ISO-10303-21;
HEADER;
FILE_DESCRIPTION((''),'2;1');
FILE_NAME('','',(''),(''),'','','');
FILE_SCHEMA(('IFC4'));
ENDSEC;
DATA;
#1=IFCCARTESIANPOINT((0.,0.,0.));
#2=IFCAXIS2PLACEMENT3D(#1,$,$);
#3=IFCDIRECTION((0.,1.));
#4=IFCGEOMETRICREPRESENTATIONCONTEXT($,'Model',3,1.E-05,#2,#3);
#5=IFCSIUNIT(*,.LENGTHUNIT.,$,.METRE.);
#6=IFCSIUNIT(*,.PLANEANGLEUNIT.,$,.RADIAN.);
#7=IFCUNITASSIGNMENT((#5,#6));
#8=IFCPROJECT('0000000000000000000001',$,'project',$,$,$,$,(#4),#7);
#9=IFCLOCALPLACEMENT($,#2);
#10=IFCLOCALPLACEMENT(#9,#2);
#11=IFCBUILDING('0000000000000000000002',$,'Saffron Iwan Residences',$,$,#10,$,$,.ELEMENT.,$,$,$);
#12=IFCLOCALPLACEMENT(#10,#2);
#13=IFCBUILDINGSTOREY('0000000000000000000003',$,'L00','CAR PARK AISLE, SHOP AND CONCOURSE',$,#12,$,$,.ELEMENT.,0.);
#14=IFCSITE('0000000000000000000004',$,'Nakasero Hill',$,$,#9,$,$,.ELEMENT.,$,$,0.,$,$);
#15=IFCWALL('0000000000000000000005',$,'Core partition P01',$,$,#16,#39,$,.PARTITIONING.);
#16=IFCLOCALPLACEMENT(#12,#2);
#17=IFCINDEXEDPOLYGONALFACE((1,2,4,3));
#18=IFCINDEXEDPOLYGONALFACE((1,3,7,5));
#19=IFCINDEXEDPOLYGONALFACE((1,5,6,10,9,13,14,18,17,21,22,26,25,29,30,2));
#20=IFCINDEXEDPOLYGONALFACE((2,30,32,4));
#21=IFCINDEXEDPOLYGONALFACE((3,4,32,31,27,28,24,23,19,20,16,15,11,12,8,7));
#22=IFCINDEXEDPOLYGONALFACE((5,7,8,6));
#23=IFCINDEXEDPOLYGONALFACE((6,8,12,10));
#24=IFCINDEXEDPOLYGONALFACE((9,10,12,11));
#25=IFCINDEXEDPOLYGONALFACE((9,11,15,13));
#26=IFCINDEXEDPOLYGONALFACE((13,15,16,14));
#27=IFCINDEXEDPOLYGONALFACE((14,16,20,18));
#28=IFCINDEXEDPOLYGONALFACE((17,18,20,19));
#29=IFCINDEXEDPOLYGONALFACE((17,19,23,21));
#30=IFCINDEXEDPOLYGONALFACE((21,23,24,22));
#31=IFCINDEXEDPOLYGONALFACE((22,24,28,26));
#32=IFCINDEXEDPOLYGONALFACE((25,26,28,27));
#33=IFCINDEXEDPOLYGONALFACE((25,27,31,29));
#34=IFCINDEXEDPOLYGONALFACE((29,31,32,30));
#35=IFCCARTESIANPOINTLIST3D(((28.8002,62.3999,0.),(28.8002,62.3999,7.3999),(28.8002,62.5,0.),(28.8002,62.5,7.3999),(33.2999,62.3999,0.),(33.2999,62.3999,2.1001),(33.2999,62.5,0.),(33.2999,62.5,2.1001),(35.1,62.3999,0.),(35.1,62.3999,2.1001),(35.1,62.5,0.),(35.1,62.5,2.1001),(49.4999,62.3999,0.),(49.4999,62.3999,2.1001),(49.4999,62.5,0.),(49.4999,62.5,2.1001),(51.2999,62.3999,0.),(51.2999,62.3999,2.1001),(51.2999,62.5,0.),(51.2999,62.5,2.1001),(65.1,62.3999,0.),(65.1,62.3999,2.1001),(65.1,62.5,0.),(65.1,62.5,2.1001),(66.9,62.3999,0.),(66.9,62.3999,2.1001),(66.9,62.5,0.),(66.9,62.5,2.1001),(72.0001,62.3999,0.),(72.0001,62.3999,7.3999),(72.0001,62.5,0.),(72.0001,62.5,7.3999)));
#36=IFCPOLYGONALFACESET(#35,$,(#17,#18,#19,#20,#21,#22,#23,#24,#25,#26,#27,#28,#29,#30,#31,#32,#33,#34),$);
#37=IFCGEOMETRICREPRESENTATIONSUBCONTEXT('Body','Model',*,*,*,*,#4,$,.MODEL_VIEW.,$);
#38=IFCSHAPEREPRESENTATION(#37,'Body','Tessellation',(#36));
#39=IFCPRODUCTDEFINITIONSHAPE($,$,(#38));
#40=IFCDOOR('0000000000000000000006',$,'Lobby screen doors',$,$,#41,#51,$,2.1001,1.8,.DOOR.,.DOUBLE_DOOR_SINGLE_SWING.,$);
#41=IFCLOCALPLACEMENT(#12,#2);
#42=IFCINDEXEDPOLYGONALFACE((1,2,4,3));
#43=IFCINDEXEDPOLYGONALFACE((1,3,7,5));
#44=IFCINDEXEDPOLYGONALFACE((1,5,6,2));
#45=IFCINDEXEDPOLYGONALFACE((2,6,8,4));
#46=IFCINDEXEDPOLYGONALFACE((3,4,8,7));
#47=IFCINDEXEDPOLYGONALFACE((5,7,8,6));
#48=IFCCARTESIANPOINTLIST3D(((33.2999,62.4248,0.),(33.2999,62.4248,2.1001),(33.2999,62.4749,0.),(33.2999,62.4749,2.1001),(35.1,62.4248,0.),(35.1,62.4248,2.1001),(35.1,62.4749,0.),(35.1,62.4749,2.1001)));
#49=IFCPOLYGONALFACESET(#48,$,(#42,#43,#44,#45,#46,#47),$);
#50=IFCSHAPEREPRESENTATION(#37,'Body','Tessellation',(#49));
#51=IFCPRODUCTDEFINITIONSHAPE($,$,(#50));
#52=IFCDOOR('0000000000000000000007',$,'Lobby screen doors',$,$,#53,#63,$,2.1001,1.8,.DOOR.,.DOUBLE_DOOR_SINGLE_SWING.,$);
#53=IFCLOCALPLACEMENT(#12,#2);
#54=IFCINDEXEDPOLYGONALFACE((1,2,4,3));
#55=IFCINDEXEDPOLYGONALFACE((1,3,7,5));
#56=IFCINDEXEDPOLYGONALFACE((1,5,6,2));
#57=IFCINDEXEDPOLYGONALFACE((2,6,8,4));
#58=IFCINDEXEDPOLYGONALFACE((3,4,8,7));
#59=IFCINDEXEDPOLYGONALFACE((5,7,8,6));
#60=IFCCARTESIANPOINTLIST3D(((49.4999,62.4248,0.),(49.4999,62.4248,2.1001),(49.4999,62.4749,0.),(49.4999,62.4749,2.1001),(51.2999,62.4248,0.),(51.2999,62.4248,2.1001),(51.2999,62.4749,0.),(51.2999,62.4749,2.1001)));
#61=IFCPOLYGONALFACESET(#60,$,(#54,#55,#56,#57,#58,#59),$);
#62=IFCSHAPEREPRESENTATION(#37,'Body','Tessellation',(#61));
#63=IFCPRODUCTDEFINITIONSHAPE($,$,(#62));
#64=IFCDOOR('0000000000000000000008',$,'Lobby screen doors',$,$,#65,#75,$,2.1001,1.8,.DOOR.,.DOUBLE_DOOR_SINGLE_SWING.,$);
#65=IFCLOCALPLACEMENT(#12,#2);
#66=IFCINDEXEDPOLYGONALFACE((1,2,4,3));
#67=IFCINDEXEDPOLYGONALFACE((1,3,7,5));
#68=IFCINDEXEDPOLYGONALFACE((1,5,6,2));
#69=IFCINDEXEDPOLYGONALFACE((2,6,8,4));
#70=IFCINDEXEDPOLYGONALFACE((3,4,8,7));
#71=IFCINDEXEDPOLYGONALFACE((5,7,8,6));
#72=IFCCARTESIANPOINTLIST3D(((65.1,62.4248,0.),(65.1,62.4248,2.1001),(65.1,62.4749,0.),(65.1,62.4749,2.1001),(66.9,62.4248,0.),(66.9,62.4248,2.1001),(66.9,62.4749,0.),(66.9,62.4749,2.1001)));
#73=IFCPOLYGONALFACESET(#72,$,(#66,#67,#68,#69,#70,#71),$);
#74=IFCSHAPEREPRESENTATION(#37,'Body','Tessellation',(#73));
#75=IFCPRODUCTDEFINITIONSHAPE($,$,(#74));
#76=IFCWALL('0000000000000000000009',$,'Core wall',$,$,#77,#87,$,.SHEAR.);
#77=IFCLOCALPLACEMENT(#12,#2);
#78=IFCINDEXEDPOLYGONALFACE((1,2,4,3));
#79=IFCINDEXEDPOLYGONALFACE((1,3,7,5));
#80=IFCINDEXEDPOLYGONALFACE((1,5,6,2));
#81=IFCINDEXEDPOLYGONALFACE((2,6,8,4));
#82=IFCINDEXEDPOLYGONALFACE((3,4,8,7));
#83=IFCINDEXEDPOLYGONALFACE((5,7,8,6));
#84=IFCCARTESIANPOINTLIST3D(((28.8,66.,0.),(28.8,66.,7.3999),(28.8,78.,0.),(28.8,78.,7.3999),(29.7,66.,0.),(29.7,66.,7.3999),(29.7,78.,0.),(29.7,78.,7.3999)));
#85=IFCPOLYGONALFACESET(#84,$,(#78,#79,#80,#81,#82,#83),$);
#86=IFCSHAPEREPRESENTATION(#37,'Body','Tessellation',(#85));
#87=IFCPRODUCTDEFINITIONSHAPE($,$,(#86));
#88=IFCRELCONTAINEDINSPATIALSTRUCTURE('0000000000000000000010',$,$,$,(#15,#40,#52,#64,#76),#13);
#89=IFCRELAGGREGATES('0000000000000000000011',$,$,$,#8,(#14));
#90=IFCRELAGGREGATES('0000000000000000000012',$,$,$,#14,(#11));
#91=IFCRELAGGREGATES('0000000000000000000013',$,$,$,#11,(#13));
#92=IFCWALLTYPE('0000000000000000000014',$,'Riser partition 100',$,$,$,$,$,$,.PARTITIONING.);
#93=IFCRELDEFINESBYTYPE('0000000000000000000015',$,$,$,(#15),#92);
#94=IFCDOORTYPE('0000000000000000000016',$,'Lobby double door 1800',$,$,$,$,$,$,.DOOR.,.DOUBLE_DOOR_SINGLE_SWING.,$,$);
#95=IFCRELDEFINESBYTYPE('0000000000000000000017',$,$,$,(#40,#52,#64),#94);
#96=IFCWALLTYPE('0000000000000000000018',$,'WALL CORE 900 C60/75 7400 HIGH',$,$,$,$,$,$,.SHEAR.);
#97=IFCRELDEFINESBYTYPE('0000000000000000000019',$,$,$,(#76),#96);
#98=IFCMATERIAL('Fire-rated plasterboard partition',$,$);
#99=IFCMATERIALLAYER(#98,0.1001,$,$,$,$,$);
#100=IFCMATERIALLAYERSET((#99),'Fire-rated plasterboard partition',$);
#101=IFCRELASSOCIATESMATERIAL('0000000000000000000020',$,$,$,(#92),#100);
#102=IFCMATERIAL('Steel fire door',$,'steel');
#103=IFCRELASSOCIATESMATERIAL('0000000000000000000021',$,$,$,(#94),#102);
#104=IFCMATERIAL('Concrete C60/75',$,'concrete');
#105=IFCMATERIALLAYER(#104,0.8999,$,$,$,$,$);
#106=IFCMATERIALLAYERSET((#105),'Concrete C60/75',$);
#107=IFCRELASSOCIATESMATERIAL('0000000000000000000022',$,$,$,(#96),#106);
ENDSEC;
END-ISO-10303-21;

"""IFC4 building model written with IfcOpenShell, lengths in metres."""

from ifc_helpers import new_model, si_unit, direction, frame, frame_2d, origin, place, context, subcontext, project, spatial, rectangle, extrude, material, layer, layer_set, type_object, element, fill, save


model = new_model("IFC4")

# Units and contexts
model_context = context("Model", 3, precision=1e-05, world=origin(), true_north=direction((0.0, 1.0)))
body_context = subcontext(model_context, "Body", "Model", "MODEL_VIEW")
ifc_project = project(units=[si_unit("LENGTHUNIT", "METRE"), si_unit("PLANEANGLEUNIT", "RADIAN")], contexts=[model_context])

# Site, building, storey
site_placement = place(None, origin())
site = spatial("IfcSite", under=ifc_project, at=site_placement, Name="Nakasero Hill", CompositionType="ELEMENT", RefElevation=0.0)
building_placement = place(site_placement, origin())
building = spatial("IfcBuilding", under=site, at=building_placement, Name="Saffron Iwan Residences", CompositionType="ELEMENT")
storey_placement = place(building_placement, origin())
storey = spatial("IfcBuildingStorey", under=building, at=storey_placement, Name="L00", Description="CAR PARK AISLE, SHOP AND CONCOURSE", CompositionType="ELEMENT", Elevation=0.0)

# Wall, openings, doors
ifc_material_1 = material(Name="Fire-rated plasterboard partition")
ifc_layer_1 = layer(ifc_material_1, 0.1001)
ifc_layer_set_1 = layer_set([ifc_layer_1], Name="Fire-rated plasterboard partition")
wall_type_1 = type_object("IfcWallType", Name="Riser partition 100", PredefinedType="PARTITIONING", material=ifc_layer_set_1)
wall_1_placement = place(storey_placement, frame((28.8, 62.45, 0.0), z_axis=(0.0, 0.0, 1.0), x_axis=(1.0, 0.0, 0.0)))
wall_1 = element("IfcWall", 1, at=wall_1_placement, inside=storey, type_object=wall_type_1, Name="Core partition P01", PredefinedType="PARTITIONING", context=body_context, shape_type="SweptSolid", body=[
    extrude(rectangle(XDim=43.2, YDim=0.1001, at=frame_2d((21.6001, 0.0))), origin(), (0.0, 0.0, 1.0), 7.3999),
])
opening_1_placement = place(wall_1_placement, frame((4.5, 0.0, 0.0)))
opening_1 = element("IfcOpeningElement", 2, at=opening_1_placement, cuts=wall_1, PredefinedType="OPENING", context=body_context, shape_type="SweptSolid", body=[
    extrude(rectangle(XDim=1.8, YDim=2.1001, at=frame_2d((0.8999, 1.05))), frame((0.0, 0.0601, 0.0), z_axis=(0.0, -1.0, 0.0), x_axis=(1.0, 0.0, 0.0)), (0.0, 0.0, 1.0), 0.1201),
])
opening_2_placement = place(wall_1_placement, frame((20.7, 0.0, 0.0)))
opening_2 = element("IfcOpeningElement", 3, at=opening_2_placement, cuts=wall_1, PredefinedType="OPENING", context=body_context, shape_type="SweptSolid", body=[
    extrude(rectangle(XDim=1.8, YDim=2.1001, at=frame_2d((0.8999, 1.05))), frame((0.0, 0.0601, 0.0), z_axis=(0.0, -1.0, 0.0), x_axis=(1.0, 0.0, 0.0)), (0.0, 0.0, 1.0), 0.1201),
])
opening_3_placement = place(wall_1_placement, frame((36.3, 0.0, 0.0)))
opening_3 = element("IfcOpeningElement", 4, at=opening_3_placement, cuts=wall_1, PredefinedType="OPENING", context=body_context, shape_type="SweptSolid", body=[
    extrude(rectangle(XDim=1.8, YDim=2.1001, at=frame_2d((0.8999, 1.05))), frame((0.0, 0.0601, 0.0), z_axis=(0.0, -1.0, 0.0), x_axis=(1.0, 0.0, 0.0)), (0.0, 0.0, 1.0), 0.1201),
])
ifc_material_2 = material(Name="Steel fire door", Category="steel")
door_type_1 = type_object("IfcDoorType", Name="Lobby double door 1800", OperationType="DOUBLE_DOOR_SINGLE_SWING", PredefinedType="DOOR", material=ifc_material_2)
door_1_placement = place(opening_1_placement, origin())
door_1 = element("IfcDoor", 5, at=door_1_placement, inside=storey, type_object=door_type_1, Name="Lobby screen doors", OperationType="DOUBLE_DOOR_SINGLE_SWING", OverallHeight=2.1001, OverallWidth=1.8, PredefinedType="DOOR", context=body_context, shape_type="SweptSolid", body=[
    extrude(rectangle(XDim=1.8, YDim=2.1001, at=frame_2d((0.8999, 1.05))), frame((0.0, 0.0249, 0.0), z_axis=(0.0, -1.0, 0.0), x_axis=(1.0, 0.0, 0.0)), (0.0, 0.0, 1.0), 0.05),
])
fill(opening_1, door_1)
door_2_placement = place(opening_2_placement, origin())
door_2 = element("IfcDoor", 6, at=door_2_placement, inside=storey, type_object=door_type_1, Name="Lobby screen doors", OperationType="DOUBLE_DOOR_SINGLE_SWING", OverallHeight=2.1001, OverallWidth=1.8, PredefinedType="DOOR", context=body_context, shape_type="SweptSolid", body=[
    extrude(rectangle(XDim=1.8, YDim=2.1001, at=frame_2d((0.8999, 1.05))), frame((0.0, 0.0249, 0.0), z_axis=(0.0, -1.0, 0.0), x_axis=(1.0, 0.0, 0.0)), (0.0, 0.0, 1.0), 0.05),
])
fill(opening_2, door_2)
door_3_placement = place(opening_3_placement, origin())
door_3 = element("IfcDoor", 7, at=door_3_placement, inside=storey, type_object=door_type_1, Name="Lobby screen doors", OperationType="DOUBLE_DOOR_SINGLE_SWING", OverallHeight=2.1001, OverallWidth=1.8, PredefinedType="DOOR", context=body_context, shape_type="SweptSolid", body=[
    extrude(rectangle(XDim=1.8, YDim=2.1001, at=frame_2d((0.8999, 1.05))), frame((0.0, 0.0249, 0.0), z_axis=(0.0, -1.0, 0.0), x_axis=(1.0, 0.0, 0.0)), (0.0, 0.0, 1.0), 0.05),
])
fill(opening_3, door_3)

# Wall
ifc_material_3 = material(Name="Concrete C60/75", Category="concrete")
ifc_layer_2 = layer(ifc_material_3, 0.8999)
ifc_layer_set_2 = layer_set([ifc_layer_2], Name="Concrete C60/75")
wall_type_2 = type_object("IfcWallType", Name="WALL CORE 900 C60/75 7400 HIGH", PredefinedType="SHEAR", material=ifc_layer_set_2)
wall_2_placement = place(storey_placement, frame((29.25, 66.0, 0.0), z_axis=(0.0, 0.0, 1.0), x_axis=(0.0, 1.0, 0.0)))
element("IfcWall", 8, at=wall_2_placement, inside=storey, type_object=wall_type_2, Name="Core wall", PredefinedType="SHEAR", context=body_context, shape_type="SweptSolid", body=[
    extrude(rectangle(XDim=12.0, YDim=0.8999, at=frame_2d((6.0, 0.0))), origin(), (0.0, 0.0, 1.0), 7.3999),
])

save(model, "model.ifc")
